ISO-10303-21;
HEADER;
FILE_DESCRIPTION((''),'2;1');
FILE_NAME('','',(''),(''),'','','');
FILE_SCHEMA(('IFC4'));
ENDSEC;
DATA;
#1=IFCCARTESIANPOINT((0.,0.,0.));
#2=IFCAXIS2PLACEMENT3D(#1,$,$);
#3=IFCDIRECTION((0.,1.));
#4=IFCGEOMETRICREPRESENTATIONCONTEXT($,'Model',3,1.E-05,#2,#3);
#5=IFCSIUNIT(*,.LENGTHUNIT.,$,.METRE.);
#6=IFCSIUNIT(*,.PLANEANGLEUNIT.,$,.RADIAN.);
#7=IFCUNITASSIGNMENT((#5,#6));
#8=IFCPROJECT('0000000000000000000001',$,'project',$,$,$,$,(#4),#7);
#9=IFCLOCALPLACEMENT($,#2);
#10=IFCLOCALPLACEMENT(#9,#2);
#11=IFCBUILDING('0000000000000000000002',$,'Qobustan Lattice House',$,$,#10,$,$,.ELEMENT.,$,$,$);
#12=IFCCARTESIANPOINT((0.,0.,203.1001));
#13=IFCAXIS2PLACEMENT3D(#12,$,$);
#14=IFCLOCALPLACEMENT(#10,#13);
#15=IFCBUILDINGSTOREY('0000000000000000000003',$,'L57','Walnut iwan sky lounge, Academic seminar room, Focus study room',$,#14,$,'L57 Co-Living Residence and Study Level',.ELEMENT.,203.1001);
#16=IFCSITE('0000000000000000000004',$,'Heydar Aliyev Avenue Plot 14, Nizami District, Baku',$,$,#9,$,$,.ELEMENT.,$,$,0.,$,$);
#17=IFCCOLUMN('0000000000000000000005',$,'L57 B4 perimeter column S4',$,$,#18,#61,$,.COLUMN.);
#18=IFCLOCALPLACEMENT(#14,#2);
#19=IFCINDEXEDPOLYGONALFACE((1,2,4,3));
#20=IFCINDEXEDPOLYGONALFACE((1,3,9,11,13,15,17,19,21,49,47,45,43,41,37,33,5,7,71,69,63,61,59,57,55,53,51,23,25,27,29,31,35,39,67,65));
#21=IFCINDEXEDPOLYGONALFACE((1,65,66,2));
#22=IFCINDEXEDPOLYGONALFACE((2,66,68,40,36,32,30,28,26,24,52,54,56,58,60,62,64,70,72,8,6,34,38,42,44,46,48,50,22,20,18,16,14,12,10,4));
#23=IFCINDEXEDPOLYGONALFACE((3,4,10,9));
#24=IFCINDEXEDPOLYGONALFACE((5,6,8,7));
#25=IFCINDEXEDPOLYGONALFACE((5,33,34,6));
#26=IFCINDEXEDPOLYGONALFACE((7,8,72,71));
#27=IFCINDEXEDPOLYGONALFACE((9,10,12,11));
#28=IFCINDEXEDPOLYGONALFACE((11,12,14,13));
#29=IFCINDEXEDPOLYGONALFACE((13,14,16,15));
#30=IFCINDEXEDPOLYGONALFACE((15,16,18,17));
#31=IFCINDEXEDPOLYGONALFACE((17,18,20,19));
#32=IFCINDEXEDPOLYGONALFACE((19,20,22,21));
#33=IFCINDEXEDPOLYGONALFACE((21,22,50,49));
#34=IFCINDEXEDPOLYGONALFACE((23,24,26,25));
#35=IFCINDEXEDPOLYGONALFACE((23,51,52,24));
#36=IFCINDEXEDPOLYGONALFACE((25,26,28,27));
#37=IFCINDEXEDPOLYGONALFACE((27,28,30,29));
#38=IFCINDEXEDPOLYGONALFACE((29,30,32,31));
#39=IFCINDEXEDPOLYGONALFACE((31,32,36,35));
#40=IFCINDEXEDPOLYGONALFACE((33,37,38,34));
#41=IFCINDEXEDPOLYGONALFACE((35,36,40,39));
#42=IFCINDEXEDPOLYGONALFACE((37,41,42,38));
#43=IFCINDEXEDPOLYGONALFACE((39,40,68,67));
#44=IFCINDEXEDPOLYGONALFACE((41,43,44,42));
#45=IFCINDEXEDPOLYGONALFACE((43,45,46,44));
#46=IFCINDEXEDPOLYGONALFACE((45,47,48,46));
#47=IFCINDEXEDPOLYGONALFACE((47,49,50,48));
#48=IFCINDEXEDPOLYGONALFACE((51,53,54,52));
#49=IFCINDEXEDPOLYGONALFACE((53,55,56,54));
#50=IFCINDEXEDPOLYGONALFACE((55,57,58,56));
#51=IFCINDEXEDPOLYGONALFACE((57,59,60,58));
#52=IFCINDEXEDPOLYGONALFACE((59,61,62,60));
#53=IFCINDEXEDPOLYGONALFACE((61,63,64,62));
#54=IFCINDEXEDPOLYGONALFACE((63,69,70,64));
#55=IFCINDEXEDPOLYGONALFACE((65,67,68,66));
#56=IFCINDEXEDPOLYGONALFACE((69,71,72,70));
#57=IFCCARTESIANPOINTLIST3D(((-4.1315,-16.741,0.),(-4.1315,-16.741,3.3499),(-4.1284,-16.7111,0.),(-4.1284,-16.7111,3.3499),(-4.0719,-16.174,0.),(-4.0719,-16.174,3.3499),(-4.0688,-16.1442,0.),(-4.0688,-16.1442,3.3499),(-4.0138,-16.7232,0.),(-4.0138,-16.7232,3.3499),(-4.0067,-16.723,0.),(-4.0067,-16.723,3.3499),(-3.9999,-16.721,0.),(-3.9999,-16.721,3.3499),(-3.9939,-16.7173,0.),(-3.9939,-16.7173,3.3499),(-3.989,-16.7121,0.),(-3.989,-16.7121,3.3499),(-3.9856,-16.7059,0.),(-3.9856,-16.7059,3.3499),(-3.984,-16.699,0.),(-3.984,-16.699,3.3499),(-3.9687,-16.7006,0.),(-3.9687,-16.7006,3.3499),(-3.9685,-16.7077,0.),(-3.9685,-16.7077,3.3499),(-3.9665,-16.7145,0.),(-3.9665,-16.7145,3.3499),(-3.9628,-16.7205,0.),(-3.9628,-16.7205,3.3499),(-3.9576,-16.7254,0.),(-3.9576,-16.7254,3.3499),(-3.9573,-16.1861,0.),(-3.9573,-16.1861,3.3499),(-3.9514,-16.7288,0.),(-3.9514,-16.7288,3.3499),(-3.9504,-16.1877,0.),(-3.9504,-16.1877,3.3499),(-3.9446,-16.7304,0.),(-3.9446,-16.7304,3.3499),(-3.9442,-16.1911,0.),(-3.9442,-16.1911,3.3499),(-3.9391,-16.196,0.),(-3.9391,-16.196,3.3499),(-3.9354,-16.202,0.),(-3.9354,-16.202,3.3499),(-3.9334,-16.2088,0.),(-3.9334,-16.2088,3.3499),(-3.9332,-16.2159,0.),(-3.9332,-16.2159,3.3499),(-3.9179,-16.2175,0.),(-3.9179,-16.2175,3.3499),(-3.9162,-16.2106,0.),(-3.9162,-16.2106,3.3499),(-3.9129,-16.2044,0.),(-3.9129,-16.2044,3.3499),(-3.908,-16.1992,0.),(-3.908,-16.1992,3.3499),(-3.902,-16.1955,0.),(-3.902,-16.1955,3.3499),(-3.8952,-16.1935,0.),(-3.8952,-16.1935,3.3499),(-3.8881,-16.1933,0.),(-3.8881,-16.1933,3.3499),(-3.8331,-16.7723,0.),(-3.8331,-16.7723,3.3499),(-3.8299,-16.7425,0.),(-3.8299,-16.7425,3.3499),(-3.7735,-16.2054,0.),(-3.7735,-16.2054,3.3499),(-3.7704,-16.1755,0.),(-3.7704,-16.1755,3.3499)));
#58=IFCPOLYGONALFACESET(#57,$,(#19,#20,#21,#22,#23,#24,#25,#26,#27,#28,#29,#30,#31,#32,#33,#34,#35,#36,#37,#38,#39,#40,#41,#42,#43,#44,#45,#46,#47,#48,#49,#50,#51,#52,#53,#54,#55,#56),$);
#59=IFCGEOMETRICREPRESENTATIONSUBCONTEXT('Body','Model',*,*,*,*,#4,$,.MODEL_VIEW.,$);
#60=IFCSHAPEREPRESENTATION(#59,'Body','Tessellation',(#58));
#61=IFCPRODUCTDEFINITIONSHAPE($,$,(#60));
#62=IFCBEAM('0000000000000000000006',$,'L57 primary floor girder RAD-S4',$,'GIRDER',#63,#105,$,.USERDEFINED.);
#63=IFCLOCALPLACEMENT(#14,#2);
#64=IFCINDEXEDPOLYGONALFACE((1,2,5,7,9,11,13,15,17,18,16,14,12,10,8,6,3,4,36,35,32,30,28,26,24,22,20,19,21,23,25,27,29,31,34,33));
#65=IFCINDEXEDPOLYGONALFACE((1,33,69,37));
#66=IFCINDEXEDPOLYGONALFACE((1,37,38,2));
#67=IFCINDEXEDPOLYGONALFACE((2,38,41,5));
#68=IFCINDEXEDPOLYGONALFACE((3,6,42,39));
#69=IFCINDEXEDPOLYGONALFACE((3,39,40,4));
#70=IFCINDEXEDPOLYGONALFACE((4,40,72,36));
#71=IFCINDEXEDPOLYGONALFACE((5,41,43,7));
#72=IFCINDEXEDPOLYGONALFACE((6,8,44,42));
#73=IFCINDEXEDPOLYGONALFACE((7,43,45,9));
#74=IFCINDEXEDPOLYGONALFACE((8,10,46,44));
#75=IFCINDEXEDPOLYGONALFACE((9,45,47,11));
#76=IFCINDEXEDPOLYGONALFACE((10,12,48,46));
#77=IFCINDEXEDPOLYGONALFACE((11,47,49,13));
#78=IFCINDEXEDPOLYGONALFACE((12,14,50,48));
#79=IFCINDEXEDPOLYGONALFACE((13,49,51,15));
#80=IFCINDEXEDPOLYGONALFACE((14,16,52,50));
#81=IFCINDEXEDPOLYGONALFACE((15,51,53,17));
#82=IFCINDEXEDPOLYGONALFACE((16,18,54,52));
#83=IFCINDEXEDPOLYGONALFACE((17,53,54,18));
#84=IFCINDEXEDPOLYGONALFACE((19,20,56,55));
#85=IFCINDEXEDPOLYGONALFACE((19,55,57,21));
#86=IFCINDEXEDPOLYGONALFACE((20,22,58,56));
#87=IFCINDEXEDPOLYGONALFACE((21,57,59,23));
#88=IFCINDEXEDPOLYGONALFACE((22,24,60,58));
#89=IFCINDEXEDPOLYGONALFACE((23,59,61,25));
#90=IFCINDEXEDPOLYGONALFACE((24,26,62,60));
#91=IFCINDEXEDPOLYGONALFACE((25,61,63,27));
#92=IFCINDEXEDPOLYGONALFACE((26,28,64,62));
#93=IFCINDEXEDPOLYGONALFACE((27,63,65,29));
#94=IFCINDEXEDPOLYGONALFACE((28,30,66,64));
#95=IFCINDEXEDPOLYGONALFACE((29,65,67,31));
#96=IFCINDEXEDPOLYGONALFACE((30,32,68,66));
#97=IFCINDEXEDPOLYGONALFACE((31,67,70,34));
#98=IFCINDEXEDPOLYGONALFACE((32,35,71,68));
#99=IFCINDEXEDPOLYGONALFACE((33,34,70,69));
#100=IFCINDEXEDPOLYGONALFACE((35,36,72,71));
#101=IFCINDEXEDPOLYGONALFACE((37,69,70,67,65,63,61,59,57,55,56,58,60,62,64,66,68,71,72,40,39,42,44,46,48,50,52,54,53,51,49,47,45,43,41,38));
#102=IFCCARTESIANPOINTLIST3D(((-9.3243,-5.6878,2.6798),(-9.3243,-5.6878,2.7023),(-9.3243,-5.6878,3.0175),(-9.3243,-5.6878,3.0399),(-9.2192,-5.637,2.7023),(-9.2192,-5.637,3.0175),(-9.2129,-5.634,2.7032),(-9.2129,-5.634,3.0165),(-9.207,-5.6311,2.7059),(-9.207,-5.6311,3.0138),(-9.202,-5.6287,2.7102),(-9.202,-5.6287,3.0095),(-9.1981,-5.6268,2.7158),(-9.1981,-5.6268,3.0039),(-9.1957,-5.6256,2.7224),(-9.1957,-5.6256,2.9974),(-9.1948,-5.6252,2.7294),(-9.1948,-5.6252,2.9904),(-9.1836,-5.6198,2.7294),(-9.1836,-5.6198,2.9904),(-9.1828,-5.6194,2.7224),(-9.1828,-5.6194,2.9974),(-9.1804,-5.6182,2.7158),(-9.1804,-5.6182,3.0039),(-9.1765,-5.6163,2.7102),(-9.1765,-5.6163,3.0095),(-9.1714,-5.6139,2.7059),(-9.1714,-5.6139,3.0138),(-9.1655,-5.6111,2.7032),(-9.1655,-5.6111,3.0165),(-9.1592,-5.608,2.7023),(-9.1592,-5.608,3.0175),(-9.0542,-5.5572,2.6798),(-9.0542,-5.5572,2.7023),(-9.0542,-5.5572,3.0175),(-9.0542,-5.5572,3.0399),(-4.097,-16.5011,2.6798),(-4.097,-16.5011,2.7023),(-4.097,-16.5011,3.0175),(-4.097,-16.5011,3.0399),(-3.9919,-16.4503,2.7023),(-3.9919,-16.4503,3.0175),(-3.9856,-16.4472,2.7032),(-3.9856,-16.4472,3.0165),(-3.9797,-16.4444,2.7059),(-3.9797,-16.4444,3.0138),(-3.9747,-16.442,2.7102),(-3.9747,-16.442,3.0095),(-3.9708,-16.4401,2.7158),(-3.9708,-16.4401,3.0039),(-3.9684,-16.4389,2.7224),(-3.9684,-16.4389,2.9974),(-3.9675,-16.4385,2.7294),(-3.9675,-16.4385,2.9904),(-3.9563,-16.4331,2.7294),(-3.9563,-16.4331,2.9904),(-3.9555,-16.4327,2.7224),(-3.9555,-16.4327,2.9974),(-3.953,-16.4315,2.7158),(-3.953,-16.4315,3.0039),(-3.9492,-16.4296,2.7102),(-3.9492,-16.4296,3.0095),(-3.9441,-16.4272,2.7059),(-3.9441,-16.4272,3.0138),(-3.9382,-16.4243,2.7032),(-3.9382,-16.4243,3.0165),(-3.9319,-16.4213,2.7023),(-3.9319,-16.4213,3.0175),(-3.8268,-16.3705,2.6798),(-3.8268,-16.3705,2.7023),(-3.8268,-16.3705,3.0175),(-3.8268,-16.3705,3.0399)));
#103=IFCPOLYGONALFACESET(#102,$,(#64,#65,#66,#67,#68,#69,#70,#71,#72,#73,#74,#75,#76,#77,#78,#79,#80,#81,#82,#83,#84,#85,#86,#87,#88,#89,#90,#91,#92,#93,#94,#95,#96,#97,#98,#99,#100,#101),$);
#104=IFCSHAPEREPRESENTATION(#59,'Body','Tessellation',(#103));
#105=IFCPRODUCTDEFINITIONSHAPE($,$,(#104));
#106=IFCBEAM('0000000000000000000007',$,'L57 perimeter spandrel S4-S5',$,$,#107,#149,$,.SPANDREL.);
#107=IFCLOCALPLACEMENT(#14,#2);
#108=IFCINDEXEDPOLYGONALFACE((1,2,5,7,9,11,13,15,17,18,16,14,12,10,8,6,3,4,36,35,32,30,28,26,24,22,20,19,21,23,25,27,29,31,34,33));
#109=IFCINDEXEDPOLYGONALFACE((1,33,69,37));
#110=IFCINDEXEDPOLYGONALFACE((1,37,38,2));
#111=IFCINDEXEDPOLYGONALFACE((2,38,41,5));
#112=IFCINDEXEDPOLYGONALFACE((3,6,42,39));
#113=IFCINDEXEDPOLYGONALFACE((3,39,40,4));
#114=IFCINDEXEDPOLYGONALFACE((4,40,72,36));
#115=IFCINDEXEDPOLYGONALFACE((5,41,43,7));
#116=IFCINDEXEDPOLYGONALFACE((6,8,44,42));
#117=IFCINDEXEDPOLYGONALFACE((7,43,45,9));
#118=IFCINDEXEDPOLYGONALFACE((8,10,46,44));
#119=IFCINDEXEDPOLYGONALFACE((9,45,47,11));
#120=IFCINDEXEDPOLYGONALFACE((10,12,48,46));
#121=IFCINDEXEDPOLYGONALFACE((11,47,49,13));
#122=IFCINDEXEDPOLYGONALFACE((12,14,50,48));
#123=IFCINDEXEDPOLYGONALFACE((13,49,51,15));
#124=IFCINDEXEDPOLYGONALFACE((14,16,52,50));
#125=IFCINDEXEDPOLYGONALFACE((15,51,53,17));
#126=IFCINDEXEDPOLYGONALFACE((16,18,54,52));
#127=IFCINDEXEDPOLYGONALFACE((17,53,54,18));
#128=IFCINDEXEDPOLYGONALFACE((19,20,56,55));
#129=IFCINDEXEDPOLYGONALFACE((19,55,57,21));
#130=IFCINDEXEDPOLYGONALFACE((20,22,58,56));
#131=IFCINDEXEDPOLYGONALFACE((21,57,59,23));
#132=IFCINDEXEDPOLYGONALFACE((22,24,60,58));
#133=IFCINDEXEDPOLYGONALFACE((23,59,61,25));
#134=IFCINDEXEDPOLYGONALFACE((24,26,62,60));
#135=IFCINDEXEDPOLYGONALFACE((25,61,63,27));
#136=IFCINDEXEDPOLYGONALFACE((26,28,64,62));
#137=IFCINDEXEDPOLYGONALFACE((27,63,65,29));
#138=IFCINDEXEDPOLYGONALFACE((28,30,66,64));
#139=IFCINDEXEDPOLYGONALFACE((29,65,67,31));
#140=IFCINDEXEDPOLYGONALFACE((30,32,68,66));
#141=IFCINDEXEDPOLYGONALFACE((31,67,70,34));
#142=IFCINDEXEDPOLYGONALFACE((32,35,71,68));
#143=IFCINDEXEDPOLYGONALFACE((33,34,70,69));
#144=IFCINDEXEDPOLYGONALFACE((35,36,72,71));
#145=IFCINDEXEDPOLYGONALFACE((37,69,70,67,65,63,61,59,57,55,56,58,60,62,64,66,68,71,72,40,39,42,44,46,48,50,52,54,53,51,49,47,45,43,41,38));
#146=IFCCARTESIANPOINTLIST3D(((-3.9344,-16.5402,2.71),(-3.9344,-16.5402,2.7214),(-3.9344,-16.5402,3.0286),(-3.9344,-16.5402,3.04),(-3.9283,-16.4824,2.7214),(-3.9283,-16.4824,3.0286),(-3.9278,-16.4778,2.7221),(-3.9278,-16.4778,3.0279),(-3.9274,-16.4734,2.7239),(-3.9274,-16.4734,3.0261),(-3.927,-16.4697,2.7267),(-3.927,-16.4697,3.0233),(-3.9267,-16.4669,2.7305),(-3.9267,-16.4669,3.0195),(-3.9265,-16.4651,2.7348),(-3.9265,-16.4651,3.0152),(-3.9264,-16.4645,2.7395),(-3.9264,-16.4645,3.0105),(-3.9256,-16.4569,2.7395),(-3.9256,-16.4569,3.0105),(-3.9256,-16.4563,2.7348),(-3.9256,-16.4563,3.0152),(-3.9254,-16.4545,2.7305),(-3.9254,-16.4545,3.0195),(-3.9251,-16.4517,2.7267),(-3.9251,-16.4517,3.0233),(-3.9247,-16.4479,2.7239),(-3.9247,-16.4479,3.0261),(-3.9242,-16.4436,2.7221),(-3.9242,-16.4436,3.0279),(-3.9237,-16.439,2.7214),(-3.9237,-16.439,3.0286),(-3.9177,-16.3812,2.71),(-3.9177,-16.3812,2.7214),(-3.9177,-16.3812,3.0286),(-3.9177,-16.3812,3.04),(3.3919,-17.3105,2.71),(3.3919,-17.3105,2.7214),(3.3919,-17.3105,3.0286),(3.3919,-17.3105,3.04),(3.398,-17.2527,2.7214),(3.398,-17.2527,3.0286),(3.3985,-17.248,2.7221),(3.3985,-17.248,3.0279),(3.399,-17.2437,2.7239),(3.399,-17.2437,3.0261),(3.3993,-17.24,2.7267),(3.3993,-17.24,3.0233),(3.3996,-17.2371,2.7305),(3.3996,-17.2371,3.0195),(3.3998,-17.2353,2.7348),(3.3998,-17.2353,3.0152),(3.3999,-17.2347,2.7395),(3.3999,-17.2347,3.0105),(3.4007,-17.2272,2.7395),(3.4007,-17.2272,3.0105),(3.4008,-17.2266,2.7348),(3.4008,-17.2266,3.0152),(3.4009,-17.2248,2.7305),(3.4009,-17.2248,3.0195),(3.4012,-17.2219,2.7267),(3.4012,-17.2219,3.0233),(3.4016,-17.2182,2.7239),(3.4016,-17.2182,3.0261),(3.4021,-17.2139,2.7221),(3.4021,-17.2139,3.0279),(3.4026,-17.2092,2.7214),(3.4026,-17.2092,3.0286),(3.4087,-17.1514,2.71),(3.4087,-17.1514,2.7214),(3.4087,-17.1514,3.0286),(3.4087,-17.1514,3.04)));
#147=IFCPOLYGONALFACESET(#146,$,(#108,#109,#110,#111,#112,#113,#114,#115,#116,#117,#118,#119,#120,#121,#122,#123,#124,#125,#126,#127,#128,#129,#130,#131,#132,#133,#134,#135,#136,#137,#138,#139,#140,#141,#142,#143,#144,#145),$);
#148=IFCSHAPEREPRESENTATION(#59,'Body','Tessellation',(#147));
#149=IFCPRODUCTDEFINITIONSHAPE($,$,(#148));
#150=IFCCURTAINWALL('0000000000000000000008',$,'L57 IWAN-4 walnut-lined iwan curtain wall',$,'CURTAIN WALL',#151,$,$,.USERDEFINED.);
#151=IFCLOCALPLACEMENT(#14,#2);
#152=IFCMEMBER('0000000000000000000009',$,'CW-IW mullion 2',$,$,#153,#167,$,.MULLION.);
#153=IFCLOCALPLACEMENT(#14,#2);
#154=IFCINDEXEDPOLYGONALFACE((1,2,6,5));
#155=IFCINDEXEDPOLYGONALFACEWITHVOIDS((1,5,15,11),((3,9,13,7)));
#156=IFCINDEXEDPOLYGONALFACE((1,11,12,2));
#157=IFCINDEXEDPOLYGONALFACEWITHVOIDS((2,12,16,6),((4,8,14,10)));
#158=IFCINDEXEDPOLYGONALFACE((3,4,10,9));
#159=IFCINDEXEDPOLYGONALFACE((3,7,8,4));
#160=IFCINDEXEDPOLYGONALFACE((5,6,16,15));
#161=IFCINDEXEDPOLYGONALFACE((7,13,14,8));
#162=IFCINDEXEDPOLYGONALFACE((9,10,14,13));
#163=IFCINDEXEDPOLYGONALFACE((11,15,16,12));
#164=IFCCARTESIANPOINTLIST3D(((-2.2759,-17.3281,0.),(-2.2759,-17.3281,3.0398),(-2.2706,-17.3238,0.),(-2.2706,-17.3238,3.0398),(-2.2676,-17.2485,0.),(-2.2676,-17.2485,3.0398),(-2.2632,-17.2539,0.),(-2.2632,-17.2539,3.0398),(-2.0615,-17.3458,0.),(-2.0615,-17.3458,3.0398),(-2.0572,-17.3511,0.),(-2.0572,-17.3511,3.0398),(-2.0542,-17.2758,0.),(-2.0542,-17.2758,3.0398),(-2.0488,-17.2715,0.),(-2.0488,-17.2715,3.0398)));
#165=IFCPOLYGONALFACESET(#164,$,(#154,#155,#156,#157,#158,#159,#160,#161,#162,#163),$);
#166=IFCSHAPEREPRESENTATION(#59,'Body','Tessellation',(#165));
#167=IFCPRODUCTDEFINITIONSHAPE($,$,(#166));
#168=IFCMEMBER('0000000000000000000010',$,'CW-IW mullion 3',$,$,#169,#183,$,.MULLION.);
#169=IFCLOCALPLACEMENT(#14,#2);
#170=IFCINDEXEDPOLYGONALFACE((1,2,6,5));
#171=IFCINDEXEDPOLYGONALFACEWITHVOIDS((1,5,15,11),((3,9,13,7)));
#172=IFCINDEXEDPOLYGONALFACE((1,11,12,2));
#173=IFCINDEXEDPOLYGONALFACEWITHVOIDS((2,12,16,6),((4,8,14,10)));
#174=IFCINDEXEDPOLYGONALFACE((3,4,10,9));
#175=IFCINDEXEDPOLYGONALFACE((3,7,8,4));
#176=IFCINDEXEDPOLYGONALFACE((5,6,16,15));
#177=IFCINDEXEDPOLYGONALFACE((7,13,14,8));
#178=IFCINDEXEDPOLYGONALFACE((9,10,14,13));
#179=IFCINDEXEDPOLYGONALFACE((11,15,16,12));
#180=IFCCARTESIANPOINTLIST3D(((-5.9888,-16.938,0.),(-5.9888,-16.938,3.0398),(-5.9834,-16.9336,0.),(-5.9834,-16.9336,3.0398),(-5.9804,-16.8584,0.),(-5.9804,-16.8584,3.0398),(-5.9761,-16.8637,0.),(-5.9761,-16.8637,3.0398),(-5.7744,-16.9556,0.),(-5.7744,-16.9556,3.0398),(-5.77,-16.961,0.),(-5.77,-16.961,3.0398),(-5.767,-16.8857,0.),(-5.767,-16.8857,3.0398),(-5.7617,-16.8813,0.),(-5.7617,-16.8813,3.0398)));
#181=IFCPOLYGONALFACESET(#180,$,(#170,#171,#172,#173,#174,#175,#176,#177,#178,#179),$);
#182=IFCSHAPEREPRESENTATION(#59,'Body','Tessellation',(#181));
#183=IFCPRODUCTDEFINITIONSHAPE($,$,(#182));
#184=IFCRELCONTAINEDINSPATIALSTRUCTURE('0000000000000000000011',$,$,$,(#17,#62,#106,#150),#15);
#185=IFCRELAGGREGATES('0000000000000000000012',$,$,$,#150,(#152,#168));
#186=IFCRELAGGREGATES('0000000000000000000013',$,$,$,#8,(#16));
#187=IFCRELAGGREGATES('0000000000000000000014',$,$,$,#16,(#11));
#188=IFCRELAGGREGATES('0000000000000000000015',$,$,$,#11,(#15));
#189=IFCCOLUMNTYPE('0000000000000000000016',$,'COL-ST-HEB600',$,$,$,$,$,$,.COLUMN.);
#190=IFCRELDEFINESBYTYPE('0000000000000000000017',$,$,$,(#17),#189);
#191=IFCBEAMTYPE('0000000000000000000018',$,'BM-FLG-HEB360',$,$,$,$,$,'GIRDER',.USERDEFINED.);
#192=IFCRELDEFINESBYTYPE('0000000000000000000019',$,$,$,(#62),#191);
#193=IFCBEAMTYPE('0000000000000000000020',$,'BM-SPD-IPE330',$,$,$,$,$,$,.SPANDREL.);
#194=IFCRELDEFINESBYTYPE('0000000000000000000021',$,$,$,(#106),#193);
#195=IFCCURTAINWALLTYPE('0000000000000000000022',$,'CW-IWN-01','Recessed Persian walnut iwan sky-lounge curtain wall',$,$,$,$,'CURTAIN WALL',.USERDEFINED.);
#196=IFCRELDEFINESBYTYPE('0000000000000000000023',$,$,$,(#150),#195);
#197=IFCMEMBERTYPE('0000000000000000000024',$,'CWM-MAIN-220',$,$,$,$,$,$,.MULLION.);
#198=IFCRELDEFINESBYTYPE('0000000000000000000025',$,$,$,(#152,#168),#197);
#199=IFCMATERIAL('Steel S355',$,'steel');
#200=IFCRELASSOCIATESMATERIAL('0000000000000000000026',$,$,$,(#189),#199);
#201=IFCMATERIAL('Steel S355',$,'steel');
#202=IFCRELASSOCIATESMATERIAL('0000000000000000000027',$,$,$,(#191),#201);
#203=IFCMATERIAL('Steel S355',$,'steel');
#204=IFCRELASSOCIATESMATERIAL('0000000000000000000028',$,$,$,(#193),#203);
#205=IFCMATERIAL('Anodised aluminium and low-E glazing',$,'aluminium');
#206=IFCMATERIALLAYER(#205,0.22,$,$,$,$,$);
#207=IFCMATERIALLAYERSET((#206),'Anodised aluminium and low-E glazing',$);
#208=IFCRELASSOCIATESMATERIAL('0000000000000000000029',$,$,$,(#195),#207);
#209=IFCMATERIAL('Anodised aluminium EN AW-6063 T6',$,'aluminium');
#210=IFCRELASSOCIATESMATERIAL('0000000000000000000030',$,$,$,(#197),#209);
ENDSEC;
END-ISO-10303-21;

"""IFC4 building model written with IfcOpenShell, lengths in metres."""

from ifc_helpers import new_model, si_unit, direction, frame, origin, origin_2d, place, context, subcontext, project, spatial, hollow_rectangle, i_section, extrude, material, layer, layer_set, material_profile, profile_set, type_object, element, aggregate, save


model = new_model("IFC4")

# Units and contexts
model_context = context("Model", 3, precision=1e-05, world=origin(), true_north=direction((0.0, 1.0)))
body_context = subcontext(model_context, "Body", "Model", "MODEL_VIEW")
ifc_project = project(units=[si_unit("LENGTHUNIT", "METRE"), si_unit("PLANEANGLEUNIT", "RADIAN")], contexts=[model_context])

# Site, building, storey
site_placement = place(None, origin())
site = spatial("IfcSite", under=ifc_project, at=site_placement, Name="Heydar Aliyev Avenue Plot 14, Nizami District, Baku", CompositionType="ELEMENT", RefElevation=0.0)
building_placement = place(site_placement, origin())
building = spatial("IfcBuilding", under=site, at=building_placement, Name="Qobustan Lattice House", CompositionType="ELEMENT")
storey_placement = place(building_placement, frame((0.0, 0.0, 203.1001)))
storey = spatial("IfcBuildingStorey", under=building, at=storey_placement, Name="L57", Description="Walnut iwan sky lounge, Academic seminar room, Focus study room", LongName="L57 Co-Living Residence and Study Level", CompositionType="ELEMENT", Elevation=203.1001)

# Column
ifc_material_1 = material(Name="Steel S355", Category="steel")
ifc_material_profile_1 = material_profile(ifc_material_1, i_section(OverallWidth=0.3, OverallDepth=0.6001, WebThickness=0.0154, FlangeThickness=0.03, FilletRadius=0.0271, at=origin_2d()), Name="HEB600")
ifc_profile_set_1 = profile_set([ifc_material_profile_1], Name="Steel S355")
column_type = type_object("IfcColumnType", Name="COL-ST-HEB600", PredefinedType="COLUMN", material=ifc_profile_set_1)
column_placement = place(storey_placement, frame((-3.9509, -16.4583, 0.0), z_axis=(0.0, 0.0, 1.0), x_axis=(0.994522, -0.104528, 0.0)))
element("IfcColumn", 1, at=column_placement, inside=storey, type_object=column_type, Name="L57 B4 perimeter column S4", PredefinedType="COLUMN", context=body_context, shape_type="SweptSolid", body=[
    extrude(i_section(OverallWidth=0.3, OverallDepth=0.6001, WebThickness=0.0154, FlangeThickness=0.03, FilletRadius=0.0271, at=origin_2d()), origin(), (0.0, 0.0, 1.0), 3.3499),
])

# Beams
ifc_material_2 = material(Name="Steel S355", Category="steel")
ifc_material_profile_2 = material_profile(ifc_material_2, i_section(OverallWidth=0.3, OverallDepth=0.3601, WebThickness=0.0125, FlangeThickness=0.0225, FilletRadius=0.0271, at=origin_2d()), Name="HEB360")
ifc_profile_set_2 = profile_set([ifc_material_profile_2], Name="Steel S355")
beam_type_1 = type_object("IfcBeamType", Name="BM-FLG-HEB360", ElementType="GIRDER", PredefinedType="USERDEFINED", material=ifc_profile_set_2)
beam_1_placement = place(storey_placement, frame((-3.9619, -16.4358, 2.8599), z_axis=(-0.435229, 0.90032, 0.0), x_axis=(-0.90032, -0.435229, 0.0)))
element("IfcBeam", 2, at=beam_1_placement, inside=storey, type_object=beam_type_1, Name="L57 primary floor girder RAD-S4", ObjectType="GIRDER", PredefinedType="USERDEFINED", context=body_context, shape_type="SweptSolid", body=[
    extrude(i_section(OverallWidth=0.3, OverallDepth=0.3601, WebThickness=0.0125, FlangeThickness=0.0225, FilletRadius=0.0271, at=origin_2d()), origin(), (0.0, 0.0, 1.0), 12.0105),
])
ifc_material_3 = material(Name="Steel S355", Category="steel")
ifc_material_profile_3 = material_profile(ifc_material_3, i_section(OverallWidth=0.1599, OverallDepth=0.3301, WebThickness=0.0076, FlangeThickness=0.0115, FilletRadius=0.0181, at=origin_2d()), Name="IPE330")
ifc_profile_set_3 = profile_set([ifc_material_profile_3], Name="Steel S355")
beam_type_2 = type_object("IfcBeamType", Name="BM-SPD-IPE330", PredefinedType="SPANDREL", material=ifc_profile_set_3)
beam_2_placement = place(storey_placement, frame((-3.926, -16.4607, 2.875), z_axis=(0.994519, -0.104559, 0.0), x_axis=(0.104559, 0.994519, 0.0)))
element("IfcBeam", 3, at=beam_2_placement, inside=storey, type_object=beam_type_2, Name="L57 perimeter spandrel S4-S5", PredefinedType="SPANDREL", context=body_context, shape_type="SweptSolid", body=[
    extrude(i_section(OverallWidth=0.1599, OverallDepth=0.3301, WebThickness=0.0076, FlangeThickness=0.0115, FilletRadius=0.0181, at=origin_2d()), origin(), (0.0, 0.0, 1.0), 7.3667),
])

# Curtain wall, members
ifc_material_4 = material(Name="Anodised aluminium and low-E glazing", Category="aluminium")
ifc_layer_1 = layer(ifc_material_4, 0.22)
ifc_layer_set_1 = layer_set([ifc_layer_1], Name="Anodised aluminium and low-E glazing")
curtain_wall_type = type_object("IfcCurtainWallType", Name="CW-IWN-01", Description="Recessed Persian walnut iwan sky-lounge curtain wall", ElementType="CURTAIN WALL", PredefinedType="USERDEFINED", material=ifc_layer_set_1)
curtain_wall_placement = place(storey_placement, origin())
curtain_wall = element("IfcCurtainWall", 4, at=curtain_wall_placement, inside=storey, type_object=curtain_wall_type, Name="L57 IWAN-4 walnut-lined iwan curtain wall", ObjectType="CURTAIN WALL", PredefinedType="USERDEFINED")
ifc_material_5 = material(Name="Anodised aluminium EN AW-6063 T6", Category="aluminium")
ifc_material_profile_4 = material_profile(ifc_material_5, hollow_rectangle(XDim=0.0801, YDim=0.22, WallThickness=0.0049, at=origin_2d()), Name="CWM-220x80")
ifc_profile_set_4 = profile_set([ifc_material_profile_4], Name="Anodised aluminium EN AW-6063 T6")
member_type_1 = type_object("IfcMemberType", Name="CWM-MAIN-220", PredefinedType="MULLION", material=ifc_profile_set_4)
member_1_placement = place(storey_placement, frame((-2.1624, -17.2998, 0.0), z_axis=(0.0, 0.0, 1.0), x_axis=(-0.104536, -0.994521, 0.0)))
member_1 = element("IfcMember", 5, at=member_1_placement, type_object=member_type_1, Name="CW-IW mullion 2", PredefinedType="MULLION", context=body_context, shape_type="SweptSolid", body=[
    extrude(hollow_rectangle(XDim=0.0801, YDim=0.22, WallThickness=0.0049, at=origin_2d()), origin(), (0.0, 0.0, 1.0), 3.0398),
])
member_2_placement = place(storey_placement, frame((-5.8752, -16.9097, 0.0), z_axis=(0.0, 0.0, 1.0), x_axis=(-0.104536, -0.994521, 0.0)))
member_2 = element("IfcMember", 6, at=member_2_placement, type_object=member_type_1, Name="CW-IW mullion 3", PredefinedType="MULLION", context=body_context, shape_type="SweptSolid", body=[
    extrude(hollow_rectangle(XDim=0.0801, YDim=0.22, WallThickness=0.0049, at=origin_2d()), origin(), (0.0, 0.0, 1.0), 3.0398),
])
aggregate(curtain_wall, [member_1, member_2])

save(model, "model.ifc")
